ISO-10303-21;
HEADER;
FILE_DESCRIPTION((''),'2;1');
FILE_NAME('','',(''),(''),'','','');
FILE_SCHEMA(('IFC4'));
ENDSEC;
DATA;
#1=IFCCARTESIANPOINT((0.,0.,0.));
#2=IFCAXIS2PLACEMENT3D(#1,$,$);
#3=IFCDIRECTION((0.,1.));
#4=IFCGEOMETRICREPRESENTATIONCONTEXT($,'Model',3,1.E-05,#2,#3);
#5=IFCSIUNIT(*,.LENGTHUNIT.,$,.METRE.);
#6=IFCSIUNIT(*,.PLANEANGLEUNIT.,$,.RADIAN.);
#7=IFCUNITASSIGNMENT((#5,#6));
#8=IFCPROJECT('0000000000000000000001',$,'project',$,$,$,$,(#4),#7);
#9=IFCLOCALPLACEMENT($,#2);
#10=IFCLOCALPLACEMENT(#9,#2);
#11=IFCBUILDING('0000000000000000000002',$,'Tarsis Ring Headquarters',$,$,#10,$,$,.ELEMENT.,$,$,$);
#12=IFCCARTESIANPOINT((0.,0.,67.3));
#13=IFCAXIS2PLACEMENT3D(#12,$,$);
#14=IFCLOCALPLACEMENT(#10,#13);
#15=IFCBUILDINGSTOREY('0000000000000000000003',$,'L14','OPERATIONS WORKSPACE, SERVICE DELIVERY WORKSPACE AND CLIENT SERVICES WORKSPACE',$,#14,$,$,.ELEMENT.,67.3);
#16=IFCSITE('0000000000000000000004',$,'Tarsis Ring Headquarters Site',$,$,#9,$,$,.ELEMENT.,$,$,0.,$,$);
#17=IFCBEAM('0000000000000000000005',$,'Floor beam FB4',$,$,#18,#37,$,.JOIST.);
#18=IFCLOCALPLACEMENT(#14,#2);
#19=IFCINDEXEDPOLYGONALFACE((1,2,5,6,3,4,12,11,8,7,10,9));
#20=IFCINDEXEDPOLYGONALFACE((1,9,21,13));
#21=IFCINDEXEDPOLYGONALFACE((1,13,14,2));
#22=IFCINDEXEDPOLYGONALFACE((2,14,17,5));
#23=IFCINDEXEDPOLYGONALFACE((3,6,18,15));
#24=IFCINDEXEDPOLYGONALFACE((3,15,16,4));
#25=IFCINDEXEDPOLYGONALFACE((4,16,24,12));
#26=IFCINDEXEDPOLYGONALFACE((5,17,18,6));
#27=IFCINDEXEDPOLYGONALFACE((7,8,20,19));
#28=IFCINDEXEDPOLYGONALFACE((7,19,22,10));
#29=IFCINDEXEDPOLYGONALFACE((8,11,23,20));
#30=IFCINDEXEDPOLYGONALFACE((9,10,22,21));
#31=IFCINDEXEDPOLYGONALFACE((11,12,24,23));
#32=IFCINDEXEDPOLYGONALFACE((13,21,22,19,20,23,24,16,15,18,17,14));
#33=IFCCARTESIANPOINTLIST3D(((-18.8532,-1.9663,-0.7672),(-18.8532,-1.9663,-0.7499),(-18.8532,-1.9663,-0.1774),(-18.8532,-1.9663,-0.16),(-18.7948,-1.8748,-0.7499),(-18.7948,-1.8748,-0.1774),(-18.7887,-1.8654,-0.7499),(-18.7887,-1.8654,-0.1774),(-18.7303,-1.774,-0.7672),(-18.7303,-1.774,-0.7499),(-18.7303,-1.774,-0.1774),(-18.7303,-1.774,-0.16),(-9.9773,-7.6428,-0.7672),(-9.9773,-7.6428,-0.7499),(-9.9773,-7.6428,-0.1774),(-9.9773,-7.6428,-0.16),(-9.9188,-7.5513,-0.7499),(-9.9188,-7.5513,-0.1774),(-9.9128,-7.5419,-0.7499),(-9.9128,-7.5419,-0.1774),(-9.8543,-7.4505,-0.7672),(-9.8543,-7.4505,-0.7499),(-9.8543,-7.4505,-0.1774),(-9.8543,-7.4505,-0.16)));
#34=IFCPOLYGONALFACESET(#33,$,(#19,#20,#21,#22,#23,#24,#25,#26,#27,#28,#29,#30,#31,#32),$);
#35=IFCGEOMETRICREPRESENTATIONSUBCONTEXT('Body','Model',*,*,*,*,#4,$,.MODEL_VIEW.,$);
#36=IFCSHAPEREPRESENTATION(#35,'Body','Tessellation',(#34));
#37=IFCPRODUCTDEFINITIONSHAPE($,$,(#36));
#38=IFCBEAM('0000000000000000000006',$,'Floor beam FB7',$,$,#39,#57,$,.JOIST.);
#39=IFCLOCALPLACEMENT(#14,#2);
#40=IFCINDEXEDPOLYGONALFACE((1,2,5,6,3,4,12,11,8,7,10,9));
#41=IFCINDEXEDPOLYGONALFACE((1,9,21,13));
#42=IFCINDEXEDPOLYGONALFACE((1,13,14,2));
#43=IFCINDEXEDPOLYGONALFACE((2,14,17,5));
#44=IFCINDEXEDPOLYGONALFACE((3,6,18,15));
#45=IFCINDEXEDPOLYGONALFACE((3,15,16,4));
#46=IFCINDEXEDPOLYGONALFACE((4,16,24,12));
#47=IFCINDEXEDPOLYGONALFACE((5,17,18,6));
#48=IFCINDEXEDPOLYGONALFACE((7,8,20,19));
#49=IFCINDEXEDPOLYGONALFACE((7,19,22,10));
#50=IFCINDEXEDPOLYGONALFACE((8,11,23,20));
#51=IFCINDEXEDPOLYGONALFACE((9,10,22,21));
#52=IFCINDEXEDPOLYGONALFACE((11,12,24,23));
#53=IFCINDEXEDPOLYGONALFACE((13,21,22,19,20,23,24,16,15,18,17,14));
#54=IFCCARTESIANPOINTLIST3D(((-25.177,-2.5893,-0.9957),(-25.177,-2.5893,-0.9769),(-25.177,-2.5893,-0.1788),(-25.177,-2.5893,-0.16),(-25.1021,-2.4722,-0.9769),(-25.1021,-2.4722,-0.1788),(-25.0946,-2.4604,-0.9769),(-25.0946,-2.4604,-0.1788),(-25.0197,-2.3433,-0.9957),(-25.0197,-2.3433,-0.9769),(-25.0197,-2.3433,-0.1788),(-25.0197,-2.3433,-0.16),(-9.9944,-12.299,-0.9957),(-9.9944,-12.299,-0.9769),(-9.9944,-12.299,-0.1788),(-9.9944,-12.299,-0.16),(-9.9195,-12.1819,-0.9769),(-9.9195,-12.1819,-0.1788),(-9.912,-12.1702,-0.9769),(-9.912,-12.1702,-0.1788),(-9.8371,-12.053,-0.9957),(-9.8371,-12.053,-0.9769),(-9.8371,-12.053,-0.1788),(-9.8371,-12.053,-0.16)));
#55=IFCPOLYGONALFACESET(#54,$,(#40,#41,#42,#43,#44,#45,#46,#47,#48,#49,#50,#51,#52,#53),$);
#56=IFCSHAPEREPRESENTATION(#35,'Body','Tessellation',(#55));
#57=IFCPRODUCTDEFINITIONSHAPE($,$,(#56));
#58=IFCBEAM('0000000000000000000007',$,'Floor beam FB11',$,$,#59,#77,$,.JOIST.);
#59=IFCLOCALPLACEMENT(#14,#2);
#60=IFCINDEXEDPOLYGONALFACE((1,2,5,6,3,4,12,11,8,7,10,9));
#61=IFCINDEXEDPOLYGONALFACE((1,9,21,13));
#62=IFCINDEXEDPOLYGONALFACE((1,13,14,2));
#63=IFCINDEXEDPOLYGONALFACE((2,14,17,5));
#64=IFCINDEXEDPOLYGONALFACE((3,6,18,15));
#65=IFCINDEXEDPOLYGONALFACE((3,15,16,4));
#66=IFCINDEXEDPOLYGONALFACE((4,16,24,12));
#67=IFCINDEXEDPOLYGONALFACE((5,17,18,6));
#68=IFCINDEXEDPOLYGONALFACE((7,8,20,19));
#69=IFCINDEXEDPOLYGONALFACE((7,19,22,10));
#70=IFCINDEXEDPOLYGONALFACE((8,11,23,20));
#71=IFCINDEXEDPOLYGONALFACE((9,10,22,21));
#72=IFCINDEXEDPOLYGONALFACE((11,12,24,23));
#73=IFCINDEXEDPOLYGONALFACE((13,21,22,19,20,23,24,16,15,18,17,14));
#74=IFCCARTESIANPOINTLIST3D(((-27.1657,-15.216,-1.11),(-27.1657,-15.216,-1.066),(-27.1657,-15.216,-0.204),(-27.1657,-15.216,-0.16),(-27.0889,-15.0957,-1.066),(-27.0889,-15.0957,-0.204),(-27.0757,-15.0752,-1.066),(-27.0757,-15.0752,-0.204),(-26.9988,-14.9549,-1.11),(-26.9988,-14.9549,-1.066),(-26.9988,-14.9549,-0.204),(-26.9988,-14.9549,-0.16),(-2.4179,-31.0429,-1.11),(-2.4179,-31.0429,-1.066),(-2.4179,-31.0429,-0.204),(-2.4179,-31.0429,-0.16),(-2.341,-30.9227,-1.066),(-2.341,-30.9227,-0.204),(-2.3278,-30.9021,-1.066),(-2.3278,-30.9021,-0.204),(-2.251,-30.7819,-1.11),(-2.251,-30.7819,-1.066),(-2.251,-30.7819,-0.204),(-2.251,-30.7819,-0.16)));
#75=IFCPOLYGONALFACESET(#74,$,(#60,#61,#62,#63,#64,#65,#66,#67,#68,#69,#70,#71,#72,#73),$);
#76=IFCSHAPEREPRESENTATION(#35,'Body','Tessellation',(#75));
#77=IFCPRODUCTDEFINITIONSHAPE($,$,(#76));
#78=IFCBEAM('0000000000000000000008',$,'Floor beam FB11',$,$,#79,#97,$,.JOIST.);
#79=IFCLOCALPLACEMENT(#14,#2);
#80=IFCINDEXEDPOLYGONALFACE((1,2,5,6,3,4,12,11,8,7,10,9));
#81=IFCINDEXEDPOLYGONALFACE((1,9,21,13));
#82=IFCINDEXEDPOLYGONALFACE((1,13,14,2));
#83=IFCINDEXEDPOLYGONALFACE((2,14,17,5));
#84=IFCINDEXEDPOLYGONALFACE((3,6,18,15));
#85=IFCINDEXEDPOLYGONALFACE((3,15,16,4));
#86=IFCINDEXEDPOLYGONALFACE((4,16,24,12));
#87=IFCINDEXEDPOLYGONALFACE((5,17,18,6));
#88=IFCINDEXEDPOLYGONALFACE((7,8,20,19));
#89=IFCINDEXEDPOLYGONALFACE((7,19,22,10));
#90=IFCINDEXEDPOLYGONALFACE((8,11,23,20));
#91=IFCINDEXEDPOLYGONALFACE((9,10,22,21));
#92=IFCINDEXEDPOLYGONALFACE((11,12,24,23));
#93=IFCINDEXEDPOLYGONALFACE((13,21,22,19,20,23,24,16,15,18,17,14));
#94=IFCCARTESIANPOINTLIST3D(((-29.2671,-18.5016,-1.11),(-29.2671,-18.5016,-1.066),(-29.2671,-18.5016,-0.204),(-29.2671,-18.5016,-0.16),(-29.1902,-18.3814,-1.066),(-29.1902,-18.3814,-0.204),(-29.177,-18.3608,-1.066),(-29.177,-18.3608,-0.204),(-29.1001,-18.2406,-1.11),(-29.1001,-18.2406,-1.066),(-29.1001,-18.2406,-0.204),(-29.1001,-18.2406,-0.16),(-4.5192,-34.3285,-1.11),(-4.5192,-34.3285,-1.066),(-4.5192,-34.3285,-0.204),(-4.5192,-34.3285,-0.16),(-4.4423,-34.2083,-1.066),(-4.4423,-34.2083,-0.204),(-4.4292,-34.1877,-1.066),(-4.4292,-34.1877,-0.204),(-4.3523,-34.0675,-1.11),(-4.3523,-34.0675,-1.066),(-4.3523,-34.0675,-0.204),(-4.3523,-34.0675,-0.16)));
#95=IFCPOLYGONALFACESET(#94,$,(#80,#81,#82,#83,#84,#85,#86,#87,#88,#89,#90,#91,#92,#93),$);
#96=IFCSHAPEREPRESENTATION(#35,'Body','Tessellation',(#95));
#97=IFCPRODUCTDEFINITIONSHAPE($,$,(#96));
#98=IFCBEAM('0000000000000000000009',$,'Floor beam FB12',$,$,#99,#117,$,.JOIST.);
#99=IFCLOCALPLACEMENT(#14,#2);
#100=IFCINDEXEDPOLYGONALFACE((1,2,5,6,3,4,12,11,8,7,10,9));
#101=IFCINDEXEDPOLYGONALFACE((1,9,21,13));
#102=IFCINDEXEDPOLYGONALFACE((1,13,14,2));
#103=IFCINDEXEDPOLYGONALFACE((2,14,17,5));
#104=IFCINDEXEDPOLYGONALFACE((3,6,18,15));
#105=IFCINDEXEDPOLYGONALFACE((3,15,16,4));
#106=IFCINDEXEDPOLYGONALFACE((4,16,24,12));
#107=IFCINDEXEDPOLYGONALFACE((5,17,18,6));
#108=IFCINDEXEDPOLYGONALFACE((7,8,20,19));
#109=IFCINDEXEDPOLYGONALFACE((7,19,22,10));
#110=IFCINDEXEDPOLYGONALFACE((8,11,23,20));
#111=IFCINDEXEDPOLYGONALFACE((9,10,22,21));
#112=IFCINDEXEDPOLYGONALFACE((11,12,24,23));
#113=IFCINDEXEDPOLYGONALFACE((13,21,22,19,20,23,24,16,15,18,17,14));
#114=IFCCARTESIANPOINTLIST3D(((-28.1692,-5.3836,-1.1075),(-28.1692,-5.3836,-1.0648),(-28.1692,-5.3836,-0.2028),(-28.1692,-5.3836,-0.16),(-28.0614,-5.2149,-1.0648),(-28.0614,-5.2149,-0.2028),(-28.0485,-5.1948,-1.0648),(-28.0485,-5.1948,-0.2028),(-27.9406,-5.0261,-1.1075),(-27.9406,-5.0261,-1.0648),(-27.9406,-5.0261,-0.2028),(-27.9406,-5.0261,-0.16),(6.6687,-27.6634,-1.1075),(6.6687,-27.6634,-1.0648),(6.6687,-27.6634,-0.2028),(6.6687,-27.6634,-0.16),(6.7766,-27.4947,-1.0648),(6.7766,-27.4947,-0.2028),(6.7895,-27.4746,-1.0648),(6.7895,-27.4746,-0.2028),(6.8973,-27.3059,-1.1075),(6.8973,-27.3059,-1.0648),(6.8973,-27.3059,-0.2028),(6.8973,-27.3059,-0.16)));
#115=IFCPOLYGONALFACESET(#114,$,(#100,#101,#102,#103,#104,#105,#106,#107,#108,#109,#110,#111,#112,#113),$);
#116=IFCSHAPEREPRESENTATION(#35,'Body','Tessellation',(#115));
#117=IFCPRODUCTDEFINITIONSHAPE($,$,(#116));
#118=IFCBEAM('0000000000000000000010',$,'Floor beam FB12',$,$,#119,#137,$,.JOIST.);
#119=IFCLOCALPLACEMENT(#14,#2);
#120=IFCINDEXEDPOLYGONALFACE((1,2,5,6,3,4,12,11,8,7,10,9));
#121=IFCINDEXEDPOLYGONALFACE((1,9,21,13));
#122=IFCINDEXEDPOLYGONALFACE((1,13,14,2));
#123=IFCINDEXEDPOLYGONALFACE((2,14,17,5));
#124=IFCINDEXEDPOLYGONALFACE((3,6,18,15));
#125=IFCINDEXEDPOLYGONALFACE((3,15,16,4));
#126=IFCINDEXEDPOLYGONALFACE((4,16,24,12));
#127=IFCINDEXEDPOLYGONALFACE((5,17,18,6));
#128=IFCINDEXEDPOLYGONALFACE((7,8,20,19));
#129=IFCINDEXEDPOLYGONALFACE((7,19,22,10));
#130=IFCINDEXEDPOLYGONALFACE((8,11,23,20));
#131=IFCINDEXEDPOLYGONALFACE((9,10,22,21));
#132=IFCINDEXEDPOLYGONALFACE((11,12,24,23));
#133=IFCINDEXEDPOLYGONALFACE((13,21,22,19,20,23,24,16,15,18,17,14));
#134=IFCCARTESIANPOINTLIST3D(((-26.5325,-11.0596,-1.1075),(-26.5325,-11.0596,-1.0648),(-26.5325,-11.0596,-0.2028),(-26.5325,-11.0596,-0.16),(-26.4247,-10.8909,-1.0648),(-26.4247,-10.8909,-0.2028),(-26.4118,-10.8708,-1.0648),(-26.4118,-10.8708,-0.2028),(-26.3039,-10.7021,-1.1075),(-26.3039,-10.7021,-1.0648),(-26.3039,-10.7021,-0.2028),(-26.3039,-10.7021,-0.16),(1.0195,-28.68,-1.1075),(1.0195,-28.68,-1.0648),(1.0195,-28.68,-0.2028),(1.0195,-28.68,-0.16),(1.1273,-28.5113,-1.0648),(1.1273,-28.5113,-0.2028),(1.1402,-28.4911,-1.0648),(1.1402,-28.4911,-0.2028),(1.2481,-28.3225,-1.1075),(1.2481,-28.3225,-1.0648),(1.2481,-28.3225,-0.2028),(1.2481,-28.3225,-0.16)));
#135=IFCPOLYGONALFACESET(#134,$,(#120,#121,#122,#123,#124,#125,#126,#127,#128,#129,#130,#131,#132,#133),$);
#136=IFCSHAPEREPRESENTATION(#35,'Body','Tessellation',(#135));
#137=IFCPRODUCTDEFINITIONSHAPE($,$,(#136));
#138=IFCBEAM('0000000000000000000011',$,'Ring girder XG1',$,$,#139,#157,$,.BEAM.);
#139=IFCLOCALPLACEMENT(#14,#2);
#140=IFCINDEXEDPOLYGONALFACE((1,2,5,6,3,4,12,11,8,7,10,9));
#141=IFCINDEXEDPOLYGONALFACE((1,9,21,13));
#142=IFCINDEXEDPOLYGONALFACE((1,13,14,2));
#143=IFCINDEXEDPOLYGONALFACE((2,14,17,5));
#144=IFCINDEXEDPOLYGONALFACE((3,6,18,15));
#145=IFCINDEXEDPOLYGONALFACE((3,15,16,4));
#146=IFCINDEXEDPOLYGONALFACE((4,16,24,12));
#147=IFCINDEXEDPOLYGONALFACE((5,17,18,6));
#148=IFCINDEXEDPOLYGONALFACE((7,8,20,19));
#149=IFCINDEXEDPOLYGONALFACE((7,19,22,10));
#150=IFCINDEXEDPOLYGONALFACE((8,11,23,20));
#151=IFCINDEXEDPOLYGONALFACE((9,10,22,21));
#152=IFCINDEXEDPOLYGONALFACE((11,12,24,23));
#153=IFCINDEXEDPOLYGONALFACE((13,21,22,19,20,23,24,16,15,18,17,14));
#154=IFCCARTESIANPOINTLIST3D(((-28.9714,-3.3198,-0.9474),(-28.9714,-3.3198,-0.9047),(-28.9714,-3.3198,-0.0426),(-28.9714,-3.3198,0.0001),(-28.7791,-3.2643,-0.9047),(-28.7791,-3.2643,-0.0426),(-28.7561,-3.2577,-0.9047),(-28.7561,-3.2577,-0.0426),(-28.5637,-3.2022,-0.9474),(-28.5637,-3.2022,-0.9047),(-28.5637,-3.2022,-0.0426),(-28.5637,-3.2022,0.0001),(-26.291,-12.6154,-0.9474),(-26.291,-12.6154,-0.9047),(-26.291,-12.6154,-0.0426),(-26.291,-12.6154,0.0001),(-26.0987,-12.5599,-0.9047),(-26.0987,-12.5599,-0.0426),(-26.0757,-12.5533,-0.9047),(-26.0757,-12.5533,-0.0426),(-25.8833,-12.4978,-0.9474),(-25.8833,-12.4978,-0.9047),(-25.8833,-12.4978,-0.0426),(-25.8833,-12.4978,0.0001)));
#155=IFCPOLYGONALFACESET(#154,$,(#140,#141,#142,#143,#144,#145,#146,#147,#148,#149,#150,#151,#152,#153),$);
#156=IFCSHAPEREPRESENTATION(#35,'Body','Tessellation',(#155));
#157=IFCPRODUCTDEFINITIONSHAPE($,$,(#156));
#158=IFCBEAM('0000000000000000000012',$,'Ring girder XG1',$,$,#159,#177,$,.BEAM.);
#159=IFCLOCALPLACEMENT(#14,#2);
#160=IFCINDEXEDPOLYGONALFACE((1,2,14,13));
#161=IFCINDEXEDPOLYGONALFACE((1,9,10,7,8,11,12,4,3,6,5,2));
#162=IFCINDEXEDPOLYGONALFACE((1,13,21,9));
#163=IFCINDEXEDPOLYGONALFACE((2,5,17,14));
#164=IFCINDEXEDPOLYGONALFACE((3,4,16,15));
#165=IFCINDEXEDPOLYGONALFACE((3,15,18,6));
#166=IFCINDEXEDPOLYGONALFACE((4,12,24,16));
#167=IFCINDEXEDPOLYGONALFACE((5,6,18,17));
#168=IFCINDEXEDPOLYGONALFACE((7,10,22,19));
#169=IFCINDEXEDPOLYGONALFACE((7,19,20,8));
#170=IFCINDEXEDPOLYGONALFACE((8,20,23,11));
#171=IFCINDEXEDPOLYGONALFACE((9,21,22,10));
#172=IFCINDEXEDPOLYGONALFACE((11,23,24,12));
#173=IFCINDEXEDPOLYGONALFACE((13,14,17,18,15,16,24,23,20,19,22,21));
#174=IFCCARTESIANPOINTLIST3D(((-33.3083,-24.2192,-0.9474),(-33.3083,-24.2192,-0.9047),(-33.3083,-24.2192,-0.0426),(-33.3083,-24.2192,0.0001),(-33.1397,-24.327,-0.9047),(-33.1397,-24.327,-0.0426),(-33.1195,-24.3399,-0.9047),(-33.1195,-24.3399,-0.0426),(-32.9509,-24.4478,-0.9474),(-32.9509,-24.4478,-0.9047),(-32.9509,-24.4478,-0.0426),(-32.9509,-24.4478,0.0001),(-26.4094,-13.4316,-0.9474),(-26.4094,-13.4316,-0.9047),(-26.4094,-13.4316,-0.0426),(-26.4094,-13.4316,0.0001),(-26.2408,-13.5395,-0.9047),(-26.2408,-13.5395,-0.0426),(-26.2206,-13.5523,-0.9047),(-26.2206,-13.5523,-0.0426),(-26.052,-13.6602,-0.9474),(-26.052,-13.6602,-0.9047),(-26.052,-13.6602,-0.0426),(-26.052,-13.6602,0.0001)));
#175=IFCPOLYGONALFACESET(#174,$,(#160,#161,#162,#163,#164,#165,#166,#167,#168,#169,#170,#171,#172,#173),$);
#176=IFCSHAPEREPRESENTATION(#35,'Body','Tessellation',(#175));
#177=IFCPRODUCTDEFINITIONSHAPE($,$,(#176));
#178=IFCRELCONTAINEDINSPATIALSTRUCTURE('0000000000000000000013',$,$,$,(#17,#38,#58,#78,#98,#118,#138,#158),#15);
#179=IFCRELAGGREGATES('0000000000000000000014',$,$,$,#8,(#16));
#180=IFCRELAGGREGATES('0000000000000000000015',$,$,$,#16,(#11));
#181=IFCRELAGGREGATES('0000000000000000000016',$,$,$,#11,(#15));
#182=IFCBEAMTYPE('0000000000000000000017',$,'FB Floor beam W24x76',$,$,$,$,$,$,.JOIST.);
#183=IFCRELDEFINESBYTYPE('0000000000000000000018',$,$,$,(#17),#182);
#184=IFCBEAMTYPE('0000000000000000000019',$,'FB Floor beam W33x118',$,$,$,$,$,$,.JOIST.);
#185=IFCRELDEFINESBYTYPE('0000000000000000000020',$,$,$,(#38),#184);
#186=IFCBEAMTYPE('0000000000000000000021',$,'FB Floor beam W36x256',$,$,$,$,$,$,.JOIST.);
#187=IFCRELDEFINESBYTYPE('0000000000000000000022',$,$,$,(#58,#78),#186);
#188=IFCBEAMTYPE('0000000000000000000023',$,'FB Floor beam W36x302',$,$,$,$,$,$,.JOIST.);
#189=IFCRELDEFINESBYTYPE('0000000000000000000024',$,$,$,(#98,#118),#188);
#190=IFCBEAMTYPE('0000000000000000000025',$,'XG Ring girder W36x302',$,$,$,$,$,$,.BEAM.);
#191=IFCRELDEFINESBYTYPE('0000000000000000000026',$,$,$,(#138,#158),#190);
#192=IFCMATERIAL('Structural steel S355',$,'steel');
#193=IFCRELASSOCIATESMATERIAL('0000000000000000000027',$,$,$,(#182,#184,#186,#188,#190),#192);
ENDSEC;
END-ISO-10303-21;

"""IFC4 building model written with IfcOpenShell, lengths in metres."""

from ifc_helpers import new_model, si_unit, direction, frame, origin, origin_2d, place, context, subcontext, project, spatial, i_section, extrude, material, material_profile, profile_set, type_object, element, save


model = new_model("IFC4")

# Units and contexts
model_context = context("Model", 3, precision=1e-05, world=origin(), true_north=direction((0.0, 1.0)))
body_context = subcontext(model_context, "Body", "Model", "MODEL_VIEW")
ifc_project = project(units=[si_unit("LENGTHUNIT", "METRE"), si_unit("PLANEANGLEUNIT", "RADIAN")], contexts=[model_context])

# Site, building, storey
site_placement = place(None, origin())
site = spatial("IfcSite", under=ifc_project, at=site_placement, Name="Tarsis Ring Headquarters Site", CompositionType="ELEMENT", RefElevation=0.0)
building_placement = place(site_placement, origin())
building = spatial("IfcBuilding", under=site, at=building_placement, Name="Tarsis Ring Headquarters", CompositionType="ELEMENT")
storey_placement = place(building_placement, frame((0.0, 0.0, 67.3)))
storey = spatial("IfcBuildingStorey", under=building, at=storey_placement, Name="L14", Description="OPERATIONS WORKSPACE, SERVICE DELIVERY WORKSPACE AND CLIENT SERVICES WORKSPACE", CompositionType="ELEMENT", Elevation=67.3)

# Beams
ifc_material_1 = material(Name="Structural steel S355", Category="steel")
ifc_material_profile_1 = material_profile(ifc_material_1, i_section(OverallWidth=0.2283, OverallDepth=0.6072, WebThickness=0.0112, FlangeThickness=0.0173, at=origin_2d()), Name="W24x76")
ifc_profile_set_1 = profile_set([ifc_material_profile_1], Name="Structural steel S355")
beam_type_1 = type_object("IfcBeamType", Name="FB Floor beam W24x76", PredefinedType="JOIST", material=ifc_profile_set_1)
beam_1_placement = place(storey_placement, frame((-18.7917, -1.8701, -0.4636), z_axis=(0.842449, -0.538777, 0.0), x_axis=(0.538777, 0.842449, 0.0)))
element("IfcBeam", 1, at=beam_1_placement, inside=storey, type_object=beam_type_1, Name="Floor beam FB4", PredefinedType="JOIST", context=body_context, shape_type="SweptSolid", body=[
    extrude(i_section(OverallWidth=0.2283, OverallDepth=0.6072, WebThickness=0.0112, FlangeThickness=0.0173, at=origin_2d()), origin(), (0.0, 0.0, 1.0), 10.5359),
])
ifc_material_profile_2 = material_profile(ifc_material_1, i_section(OverallWidth=0.292, OverallDepth=0.8357, WebThickness=0.0139, FlangeThickness=0.0188, at=origin_2d()), Name="W33x118")
ifc_profile_set_2 = profile_set([ifc_material_profile_2], Name="Structural steel S355")
beam_type_2 = type_object("IfcBeamType", Name="FB Floor beam W33x118", PredefinedType="JOIST", material=ifc_profile_set_2)
beam_2_placement = place(storey_placement, frame((-25.0984, -2.4663, -0.5779), z_axis=(0.842452, -0.538772, 0.0), x_axis=(0.538772, 0.842452, 0.0)))
element("IfcBeam", 2, at=beam_2_placement, inside=storey, type_object=beam_type_2, Name="Floor beam FB7", PredefinedType="JOIST", context=body_context, shape_type="SweptSolid", body=[
    extrude(i_section(OverallWidth=0.292, OverallDepth=0.8357, WebThickness=0.0139, FlangeThickness=0.0188, at=origin_2d()), origin(), (0.0, 0.0, 1.0), 18.022),
])
ifc_material_profile_3 = material_profile(ifc_material_1, i_section(OverallWidth=0.3098, OverallDepth=0.95, WebThickness=0.0244, FlangeThickness=0.0439, at=origin_2d()), Name="W36x256")
ifc_profile_set_3 = profile_set([ifc_material_profile_3], Name="Structural steel S355")
beam_type_3 = type_object("IfcBeamType", Name="FB Floor beam W36x256", PredefinedType="JOIST", material=ifc_profile_set_3)
for number, where, z_axis, x_axis, name in (
    (3, (-27.0823, -15.0854, -0.635), (0.842452, -0.538771, 0.0), (0.538771, 0.842452, 0.0), "Floor beam FB11"),
    (4, (-29.1836, -18.3711, -0.635), (0.842452, -0.538771, 0.0), (0.538771, 0.842452, 0.0), "Floor beam FB11"),
):
    element("IfcBeam", number, at=place(storey_placement, frame(where, z_axis=z_axis, x_axis=x_axis)), inside=storey, type_object=beam_type_3, Name=name, PredefinedType="JOIST", context=body_context, shape_type="SweptSolid", body=[
        extrude(i_section(OverallWidth=0.3098, OverallDepth=0.95, WebThickness=0.0244, FlangeThickness=0.0439, at=origin_2d()), origin(), (0.0, 0.0, 1.0), 29.376),
    ])
ifc_material_profile_4 = material_profile(ifc_material_1, i_section(OverallWidth=0.4243, OverallDepth=0.9475, WebThickness=0.0239, FlangeThickness=0.0427, at=origin_2d()), Name="W36x302")
ifc_profile_set_4 = profile_set([ifc_material_profile_4], Name="Structural steel S355")
beam_type_4 = type_object("IfcBeamType", Name="FB Floor beam W36x302", PredefinedType="JOIST", material=ifc_profile_set_4)
beam_3_placement = place(storey_placement, frame((-28.0549, -5.2048, -0.6338), z_axis=(0.842452, -0.538771, 0.0), x_axis=(0.538771, 0.842452, 0.0)))
element("IfcBeam", 5, at=beam_3_placement, inside=storey, type_object=beam_type_4, Name="Floor beam FB12", PredefinedType="JOIST", context=body_context, shape_type="SweptSolid", body=[
    extrude(i_section(OverallWidth=0.4243, OverallDepth=0.9475, WebThickness=0.0239, FlangeThickness=0.0427, at=origin_2d()), origin(), (0.0, 0.0, 1.0), 41.353),
])
beam_4_placement = place(storey_placement, frame((-26.4182, -10.8809, -0.6338), z_axis=(0.842451, -0.538773, 0.0), x_axis=(0.538773, 0.842451, 0.0)))
element("IfcBeam", 6, at=beam_4_placement, inside=storey, type_object=beam_type_4, Name="Floor beam FB12", PredefinedType="JOIST", context=body_context, shape_type="SweptSolid", body=[
    extrude(i_section(OverallWidth=0.4243, OverallDepth=0.9475, WebThickness=0.0239, FlangeThickness=0.0427, at=origin_2d()), origin(), (0.0, 0.0, 1.0), 32.7046),
])
beam_type_5 = type_object("IfcBeamType", Name="XG Ring girder W36x302", PredefinedType="BEAM", material=ifc_profile_set_4)
beam_5_placement = place(storey_placement, frame((-28.7676, -3.261, -0.4736), z_axis=(0.277063, -0.960852, 0.0), x_axis=(0.960852, 0.277063, 0.0)))
element("IfcBeam", 7, at=beam_5_placement, inside=storey, type_object=beam_type_5, Name="Ring girder XG1", PredefinedType="BEAM", context=body_context, shape_type="SweptSolid", body=[
    extrude(i_section(OverallWidth=0.4243, OverallDepth=0.9475, WebThickness=0.0239, FlangeThickness=0.0427, at=origin_2d()), origin(), (0.0, 0.0, 1.0), 9.6743),
])
beam_6_placement = place(storey_placement, frame((-26.2307, -13.5459, -0.4736), z_axis=(-0.538769, -0.842453, 0.0), x_axis=(0.842453, -0.538769, 0.0)))
element("IfcBeam", 8, at=beam_6_placement, inside=storey, type_object=beam_type_5, Name="Ring girder XG1", PredefinedType="BEAM", context=body_context, shape_type="SweptSolid", body=[
    extrude(i_section(OverallWidth=0.4243, OverallDepth=0.9475, WebThickness=0.0239, FlangeThickness=0.0427, at=origin_2d()), origin(), (0.0, 0.0, 1.0), 12.8049),
])

save(model, "model.ifc")
